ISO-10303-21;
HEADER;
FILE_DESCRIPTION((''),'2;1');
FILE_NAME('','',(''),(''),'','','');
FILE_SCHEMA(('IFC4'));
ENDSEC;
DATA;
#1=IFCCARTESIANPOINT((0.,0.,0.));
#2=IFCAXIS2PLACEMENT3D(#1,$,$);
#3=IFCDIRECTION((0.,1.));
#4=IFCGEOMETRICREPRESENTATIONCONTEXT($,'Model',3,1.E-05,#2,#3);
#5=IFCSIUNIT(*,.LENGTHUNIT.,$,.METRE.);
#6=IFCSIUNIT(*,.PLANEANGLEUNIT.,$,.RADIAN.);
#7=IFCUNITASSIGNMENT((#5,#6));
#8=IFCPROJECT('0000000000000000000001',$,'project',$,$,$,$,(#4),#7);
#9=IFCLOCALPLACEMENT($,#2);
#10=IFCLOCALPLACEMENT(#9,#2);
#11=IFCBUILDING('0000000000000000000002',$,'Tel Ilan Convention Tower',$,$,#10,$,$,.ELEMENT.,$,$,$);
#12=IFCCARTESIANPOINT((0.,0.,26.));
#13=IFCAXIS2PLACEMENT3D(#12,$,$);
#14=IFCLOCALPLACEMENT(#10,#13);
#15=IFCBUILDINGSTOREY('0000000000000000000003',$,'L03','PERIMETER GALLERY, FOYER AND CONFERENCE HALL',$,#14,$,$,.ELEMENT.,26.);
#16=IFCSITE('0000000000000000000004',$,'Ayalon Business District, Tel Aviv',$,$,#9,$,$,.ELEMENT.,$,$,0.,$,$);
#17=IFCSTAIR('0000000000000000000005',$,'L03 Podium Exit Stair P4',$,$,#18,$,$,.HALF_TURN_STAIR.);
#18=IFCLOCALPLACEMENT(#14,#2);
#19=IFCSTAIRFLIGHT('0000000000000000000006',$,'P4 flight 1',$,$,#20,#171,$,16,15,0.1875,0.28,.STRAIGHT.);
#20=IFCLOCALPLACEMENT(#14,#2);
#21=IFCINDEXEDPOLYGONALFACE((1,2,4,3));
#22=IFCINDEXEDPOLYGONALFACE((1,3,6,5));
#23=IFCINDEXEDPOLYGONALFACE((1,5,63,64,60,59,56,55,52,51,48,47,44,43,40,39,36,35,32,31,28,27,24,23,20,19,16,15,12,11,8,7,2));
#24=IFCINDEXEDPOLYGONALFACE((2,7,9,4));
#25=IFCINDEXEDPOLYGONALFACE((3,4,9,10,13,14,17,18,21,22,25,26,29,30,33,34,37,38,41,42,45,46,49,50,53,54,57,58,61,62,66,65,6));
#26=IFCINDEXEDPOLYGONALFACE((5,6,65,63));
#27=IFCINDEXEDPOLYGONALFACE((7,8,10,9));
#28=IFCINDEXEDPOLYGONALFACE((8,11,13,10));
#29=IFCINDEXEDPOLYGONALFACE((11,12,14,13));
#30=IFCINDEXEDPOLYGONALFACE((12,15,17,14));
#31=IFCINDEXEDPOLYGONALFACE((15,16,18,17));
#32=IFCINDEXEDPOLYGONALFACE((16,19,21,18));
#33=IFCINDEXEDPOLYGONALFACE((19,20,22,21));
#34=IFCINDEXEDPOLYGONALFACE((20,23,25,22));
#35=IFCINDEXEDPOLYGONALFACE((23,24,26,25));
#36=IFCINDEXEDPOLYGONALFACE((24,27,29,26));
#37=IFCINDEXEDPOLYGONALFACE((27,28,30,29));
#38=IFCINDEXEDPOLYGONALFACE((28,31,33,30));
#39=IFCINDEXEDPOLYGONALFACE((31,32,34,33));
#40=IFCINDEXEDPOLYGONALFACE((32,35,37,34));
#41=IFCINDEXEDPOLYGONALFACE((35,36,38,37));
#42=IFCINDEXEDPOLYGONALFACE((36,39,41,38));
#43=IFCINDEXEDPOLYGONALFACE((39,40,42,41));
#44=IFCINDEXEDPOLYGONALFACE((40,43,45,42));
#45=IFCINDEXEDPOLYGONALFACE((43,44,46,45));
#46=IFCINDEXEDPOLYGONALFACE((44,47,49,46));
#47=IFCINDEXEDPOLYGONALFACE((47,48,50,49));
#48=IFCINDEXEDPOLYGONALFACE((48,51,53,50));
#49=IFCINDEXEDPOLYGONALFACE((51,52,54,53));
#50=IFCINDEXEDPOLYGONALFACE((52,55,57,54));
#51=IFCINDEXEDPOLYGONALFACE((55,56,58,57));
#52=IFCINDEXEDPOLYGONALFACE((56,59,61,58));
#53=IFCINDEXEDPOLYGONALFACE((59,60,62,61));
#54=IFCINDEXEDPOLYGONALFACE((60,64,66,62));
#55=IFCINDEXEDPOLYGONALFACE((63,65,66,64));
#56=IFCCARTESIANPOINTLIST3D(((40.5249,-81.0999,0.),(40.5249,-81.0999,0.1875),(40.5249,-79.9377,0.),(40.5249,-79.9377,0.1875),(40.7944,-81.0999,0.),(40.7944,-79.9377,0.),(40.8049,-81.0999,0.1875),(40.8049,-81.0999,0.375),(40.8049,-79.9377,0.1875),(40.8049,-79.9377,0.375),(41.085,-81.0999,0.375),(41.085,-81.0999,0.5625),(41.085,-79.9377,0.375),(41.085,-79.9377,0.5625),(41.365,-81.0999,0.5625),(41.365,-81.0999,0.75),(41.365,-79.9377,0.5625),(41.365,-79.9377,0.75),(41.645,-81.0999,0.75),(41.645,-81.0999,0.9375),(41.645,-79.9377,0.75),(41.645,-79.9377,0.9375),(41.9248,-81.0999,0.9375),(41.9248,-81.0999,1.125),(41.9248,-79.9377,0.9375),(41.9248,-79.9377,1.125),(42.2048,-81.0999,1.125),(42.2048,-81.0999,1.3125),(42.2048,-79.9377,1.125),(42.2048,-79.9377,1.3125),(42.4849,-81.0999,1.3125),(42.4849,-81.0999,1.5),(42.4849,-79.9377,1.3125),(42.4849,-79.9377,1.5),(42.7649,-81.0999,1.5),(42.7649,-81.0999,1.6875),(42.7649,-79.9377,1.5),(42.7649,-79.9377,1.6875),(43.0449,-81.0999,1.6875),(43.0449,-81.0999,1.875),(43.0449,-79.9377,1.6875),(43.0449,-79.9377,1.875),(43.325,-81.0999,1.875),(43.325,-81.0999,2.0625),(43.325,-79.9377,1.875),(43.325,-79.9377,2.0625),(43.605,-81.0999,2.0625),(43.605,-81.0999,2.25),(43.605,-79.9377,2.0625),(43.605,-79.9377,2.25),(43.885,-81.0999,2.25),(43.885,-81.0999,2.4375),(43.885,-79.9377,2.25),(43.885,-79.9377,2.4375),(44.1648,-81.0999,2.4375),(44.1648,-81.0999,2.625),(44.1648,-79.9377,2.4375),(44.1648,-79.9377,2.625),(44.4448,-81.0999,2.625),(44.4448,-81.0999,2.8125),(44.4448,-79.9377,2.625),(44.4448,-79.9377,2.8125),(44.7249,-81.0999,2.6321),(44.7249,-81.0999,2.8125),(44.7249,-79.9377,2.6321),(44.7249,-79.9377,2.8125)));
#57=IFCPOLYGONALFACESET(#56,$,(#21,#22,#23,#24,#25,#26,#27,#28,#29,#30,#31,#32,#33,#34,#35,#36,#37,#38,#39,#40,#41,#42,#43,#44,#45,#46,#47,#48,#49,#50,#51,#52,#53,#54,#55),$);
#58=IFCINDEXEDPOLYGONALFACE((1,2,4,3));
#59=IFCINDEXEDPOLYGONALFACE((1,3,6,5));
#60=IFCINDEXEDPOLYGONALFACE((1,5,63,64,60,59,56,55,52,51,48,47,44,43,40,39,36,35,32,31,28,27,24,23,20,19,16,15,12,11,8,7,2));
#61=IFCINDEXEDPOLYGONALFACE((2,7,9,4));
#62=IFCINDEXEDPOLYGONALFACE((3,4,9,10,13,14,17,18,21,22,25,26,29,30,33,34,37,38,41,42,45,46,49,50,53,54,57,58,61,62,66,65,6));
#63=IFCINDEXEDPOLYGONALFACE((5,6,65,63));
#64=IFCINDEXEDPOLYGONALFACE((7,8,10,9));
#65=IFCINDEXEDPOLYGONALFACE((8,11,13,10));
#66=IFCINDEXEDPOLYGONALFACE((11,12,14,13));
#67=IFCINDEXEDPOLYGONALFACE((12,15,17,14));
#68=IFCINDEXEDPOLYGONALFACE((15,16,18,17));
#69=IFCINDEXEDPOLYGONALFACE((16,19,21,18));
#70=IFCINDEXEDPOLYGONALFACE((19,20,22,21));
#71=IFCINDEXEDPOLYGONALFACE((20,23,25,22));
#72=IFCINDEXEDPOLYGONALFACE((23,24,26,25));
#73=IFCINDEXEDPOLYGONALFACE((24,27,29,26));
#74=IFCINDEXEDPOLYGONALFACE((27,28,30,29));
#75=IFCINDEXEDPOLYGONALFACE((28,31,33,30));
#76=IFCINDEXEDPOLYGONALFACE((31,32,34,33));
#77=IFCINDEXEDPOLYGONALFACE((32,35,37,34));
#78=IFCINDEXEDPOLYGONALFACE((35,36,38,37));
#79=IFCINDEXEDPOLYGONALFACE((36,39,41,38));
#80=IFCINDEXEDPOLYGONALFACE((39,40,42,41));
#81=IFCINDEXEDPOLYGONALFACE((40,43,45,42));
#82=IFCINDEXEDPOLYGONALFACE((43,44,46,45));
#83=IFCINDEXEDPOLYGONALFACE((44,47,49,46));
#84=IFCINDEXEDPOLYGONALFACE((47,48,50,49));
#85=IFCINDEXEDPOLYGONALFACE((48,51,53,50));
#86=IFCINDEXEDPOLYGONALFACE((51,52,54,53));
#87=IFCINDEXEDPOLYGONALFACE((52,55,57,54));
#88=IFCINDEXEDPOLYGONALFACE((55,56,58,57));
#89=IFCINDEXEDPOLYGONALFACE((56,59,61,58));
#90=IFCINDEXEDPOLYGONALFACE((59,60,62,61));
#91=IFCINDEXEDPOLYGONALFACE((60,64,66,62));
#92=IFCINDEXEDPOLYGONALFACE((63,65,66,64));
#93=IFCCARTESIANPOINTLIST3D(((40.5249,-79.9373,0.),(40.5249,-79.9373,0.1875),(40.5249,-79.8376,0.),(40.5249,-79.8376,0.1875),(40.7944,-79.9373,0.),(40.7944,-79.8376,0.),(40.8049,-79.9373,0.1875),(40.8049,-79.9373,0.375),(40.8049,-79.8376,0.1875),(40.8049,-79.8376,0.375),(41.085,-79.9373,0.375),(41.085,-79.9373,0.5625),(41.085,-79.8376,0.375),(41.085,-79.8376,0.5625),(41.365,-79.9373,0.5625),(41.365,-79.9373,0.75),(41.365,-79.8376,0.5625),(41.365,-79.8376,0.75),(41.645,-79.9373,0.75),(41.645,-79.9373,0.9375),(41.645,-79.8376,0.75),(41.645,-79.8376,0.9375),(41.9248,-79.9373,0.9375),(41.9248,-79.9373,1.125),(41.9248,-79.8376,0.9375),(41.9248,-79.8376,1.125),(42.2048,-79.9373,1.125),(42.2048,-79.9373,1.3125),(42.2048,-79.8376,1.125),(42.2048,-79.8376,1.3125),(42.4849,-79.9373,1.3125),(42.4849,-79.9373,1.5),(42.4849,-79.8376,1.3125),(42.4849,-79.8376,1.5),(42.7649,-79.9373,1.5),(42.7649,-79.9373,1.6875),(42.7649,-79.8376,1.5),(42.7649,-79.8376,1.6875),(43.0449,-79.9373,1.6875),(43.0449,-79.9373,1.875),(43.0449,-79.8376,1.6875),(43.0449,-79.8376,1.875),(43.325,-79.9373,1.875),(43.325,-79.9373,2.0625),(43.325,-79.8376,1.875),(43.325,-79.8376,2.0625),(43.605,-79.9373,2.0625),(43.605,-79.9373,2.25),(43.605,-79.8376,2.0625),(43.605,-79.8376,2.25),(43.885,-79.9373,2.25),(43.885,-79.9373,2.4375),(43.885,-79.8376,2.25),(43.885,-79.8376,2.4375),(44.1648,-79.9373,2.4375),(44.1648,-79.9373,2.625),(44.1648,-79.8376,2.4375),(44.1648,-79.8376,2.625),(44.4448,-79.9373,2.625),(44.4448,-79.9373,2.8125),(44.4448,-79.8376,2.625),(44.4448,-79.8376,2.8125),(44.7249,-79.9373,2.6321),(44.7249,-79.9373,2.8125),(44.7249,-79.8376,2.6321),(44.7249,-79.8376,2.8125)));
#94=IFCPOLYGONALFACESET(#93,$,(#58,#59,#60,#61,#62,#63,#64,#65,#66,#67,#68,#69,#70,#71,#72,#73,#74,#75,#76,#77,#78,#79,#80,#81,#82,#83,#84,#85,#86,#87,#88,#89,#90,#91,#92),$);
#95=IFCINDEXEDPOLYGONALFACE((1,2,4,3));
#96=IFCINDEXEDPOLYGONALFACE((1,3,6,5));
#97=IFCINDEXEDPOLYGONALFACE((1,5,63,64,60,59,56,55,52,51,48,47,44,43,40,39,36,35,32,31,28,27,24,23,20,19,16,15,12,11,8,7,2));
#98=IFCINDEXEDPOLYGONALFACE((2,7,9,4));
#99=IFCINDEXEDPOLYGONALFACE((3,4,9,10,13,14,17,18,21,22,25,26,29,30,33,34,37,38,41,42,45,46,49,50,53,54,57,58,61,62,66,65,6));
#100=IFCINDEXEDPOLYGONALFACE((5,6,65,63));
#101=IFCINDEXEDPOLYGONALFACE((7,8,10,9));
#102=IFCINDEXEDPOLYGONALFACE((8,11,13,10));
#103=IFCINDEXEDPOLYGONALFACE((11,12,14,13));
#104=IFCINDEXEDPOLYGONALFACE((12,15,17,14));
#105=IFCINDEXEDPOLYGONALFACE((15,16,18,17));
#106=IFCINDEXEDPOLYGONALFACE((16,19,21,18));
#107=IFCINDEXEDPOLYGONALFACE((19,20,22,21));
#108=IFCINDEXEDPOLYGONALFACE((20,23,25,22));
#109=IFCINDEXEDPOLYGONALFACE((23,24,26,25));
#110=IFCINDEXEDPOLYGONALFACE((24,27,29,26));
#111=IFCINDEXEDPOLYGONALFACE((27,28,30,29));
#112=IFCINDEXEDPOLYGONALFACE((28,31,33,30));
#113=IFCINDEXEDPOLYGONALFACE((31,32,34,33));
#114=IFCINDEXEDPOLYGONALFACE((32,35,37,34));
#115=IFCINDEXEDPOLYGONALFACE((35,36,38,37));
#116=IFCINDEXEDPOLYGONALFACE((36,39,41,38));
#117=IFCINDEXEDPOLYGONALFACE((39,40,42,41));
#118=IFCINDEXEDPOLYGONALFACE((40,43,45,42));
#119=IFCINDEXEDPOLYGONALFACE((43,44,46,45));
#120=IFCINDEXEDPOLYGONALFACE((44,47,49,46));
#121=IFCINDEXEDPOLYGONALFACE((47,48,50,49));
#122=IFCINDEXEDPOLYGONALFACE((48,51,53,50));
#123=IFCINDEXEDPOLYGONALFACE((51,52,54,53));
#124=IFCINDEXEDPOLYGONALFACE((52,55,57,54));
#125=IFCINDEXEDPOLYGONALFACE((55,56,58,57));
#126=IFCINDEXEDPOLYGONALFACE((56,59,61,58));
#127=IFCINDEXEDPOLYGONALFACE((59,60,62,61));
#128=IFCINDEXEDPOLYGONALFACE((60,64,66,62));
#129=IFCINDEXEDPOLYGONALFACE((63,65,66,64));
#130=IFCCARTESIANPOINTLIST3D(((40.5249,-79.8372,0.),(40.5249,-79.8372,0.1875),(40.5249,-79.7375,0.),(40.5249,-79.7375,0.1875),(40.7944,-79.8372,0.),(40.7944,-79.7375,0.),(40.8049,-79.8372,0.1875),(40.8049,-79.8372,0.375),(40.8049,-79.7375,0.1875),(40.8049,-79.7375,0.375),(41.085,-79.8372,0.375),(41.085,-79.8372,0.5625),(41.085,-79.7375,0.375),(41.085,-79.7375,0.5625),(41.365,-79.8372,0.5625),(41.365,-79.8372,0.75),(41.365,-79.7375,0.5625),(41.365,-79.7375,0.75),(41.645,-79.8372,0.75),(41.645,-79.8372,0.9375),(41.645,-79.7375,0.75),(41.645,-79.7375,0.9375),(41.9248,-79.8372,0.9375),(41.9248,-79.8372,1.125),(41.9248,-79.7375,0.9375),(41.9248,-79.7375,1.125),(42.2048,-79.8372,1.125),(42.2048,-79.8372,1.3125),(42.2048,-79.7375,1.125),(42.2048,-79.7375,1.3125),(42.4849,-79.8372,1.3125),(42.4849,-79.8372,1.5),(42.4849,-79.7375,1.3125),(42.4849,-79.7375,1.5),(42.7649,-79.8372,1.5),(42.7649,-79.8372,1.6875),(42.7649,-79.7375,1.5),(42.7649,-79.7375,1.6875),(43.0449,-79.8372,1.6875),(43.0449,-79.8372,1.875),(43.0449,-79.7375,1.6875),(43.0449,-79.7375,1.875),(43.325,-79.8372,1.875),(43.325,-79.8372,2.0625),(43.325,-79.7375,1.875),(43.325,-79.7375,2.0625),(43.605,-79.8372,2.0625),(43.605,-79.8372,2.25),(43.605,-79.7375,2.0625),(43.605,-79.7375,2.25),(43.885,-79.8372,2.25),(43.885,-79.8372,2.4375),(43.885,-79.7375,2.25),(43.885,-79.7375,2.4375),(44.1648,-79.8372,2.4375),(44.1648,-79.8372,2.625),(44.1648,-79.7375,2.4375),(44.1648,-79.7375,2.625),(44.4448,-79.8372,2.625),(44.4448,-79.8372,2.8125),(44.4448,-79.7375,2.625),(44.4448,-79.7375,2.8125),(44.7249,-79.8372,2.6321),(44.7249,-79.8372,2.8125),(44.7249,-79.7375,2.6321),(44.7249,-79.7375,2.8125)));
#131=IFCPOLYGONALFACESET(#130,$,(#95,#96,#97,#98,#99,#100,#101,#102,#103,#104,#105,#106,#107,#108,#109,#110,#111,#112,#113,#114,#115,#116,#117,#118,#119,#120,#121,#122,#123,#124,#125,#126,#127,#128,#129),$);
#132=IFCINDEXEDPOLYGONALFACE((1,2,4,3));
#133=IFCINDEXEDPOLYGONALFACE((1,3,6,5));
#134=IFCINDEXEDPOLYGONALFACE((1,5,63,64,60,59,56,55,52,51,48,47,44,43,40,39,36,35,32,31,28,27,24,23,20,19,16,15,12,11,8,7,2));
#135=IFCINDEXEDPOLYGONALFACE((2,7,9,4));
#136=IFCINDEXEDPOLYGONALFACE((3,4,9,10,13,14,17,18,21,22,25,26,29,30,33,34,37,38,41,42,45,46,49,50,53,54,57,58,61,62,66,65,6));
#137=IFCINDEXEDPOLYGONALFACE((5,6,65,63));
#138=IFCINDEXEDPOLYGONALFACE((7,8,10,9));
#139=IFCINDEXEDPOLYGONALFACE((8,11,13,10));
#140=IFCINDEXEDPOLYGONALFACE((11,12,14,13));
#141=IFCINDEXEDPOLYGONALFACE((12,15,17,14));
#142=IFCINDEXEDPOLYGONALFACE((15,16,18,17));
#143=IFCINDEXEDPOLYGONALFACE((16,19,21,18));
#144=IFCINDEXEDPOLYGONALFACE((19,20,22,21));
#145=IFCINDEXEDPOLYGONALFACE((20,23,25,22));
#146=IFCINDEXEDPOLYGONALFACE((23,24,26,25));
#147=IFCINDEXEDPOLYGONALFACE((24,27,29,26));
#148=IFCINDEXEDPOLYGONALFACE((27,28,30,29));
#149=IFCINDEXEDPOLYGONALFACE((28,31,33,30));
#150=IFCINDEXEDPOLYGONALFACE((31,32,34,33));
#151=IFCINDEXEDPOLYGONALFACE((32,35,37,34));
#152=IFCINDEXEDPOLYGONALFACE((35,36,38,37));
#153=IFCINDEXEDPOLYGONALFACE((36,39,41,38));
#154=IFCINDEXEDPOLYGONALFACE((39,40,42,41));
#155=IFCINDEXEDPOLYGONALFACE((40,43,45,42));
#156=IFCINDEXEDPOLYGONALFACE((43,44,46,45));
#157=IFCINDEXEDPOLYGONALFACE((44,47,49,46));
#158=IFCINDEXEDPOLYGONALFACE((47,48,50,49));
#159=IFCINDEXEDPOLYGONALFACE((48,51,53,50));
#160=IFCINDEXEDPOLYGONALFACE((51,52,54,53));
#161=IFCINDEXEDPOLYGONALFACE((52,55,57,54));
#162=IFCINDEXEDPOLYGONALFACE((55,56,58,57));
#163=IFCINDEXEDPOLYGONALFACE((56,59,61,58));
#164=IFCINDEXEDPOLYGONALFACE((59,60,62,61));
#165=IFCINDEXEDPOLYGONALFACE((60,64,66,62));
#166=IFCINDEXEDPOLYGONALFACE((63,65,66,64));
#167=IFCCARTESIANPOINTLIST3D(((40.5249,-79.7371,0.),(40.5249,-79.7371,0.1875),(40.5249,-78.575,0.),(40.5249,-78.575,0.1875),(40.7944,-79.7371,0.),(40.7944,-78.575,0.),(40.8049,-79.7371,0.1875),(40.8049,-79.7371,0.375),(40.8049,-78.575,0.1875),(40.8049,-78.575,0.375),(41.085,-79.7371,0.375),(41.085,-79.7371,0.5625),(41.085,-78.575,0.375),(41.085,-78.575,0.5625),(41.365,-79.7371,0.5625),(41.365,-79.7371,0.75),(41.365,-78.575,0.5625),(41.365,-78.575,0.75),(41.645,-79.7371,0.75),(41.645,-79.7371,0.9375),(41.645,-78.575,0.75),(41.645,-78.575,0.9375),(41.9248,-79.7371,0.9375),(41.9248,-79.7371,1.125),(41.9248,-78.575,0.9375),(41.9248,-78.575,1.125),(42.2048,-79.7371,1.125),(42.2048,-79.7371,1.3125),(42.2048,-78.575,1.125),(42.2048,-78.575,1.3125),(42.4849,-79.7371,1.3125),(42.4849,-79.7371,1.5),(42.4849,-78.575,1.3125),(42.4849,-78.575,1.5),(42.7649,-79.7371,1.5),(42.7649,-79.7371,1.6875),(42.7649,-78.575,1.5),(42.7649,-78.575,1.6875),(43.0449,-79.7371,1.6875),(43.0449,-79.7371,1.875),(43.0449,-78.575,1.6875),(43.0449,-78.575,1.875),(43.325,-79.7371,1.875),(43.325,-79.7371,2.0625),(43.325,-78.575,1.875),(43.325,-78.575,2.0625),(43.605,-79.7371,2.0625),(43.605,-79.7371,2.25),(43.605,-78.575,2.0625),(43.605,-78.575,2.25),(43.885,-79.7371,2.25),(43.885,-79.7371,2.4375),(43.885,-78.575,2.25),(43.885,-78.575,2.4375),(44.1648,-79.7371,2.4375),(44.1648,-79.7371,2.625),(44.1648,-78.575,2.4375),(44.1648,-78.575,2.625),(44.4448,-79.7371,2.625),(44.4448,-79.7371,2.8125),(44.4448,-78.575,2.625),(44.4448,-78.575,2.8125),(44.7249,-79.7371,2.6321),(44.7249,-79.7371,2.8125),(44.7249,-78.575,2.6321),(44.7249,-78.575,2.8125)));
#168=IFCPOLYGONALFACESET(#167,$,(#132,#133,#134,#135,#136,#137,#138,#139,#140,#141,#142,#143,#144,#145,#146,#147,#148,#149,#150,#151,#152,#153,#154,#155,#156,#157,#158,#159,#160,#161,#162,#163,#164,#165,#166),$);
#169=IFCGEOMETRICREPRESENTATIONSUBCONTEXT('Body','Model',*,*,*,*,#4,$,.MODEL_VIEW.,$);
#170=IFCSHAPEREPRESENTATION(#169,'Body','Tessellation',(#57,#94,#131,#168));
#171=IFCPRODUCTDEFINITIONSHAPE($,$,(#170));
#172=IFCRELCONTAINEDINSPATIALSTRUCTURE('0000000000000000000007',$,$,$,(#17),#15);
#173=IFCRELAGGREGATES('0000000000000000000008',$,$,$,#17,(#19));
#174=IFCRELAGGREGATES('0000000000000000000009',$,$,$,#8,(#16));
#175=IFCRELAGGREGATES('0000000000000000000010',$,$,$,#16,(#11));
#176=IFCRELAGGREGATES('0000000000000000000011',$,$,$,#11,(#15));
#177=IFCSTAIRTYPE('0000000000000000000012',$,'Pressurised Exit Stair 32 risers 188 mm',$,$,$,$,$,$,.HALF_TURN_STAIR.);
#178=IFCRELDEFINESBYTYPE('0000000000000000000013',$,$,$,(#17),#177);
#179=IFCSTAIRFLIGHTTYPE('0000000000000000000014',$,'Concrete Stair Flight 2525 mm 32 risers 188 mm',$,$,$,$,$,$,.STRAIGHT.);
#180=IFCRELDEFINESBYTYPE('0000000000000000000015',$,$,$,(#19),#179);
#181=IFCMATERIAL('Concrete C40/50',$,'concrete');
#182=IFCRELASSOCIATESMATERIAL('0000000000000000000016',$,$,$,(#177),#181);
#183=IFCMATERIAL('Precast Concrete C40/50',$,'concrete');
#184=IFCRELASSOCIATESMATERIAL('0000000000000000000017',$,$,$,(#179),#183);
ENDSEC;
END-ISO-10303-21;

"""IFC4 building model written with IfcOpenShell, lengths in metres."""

from ifc_helpers import new_model, si_unit, direction, frame, origin, place, context, subcontext, project, spatial, polyline, outline, extrude, material, type_object, element, aggregate, save


model = new_model("IFC4")

# Units and contexts
model_context = context("Model", 3, precision=1e-05, world=origin(), true_north=direction((0.0, 1.0)))
body_context = subcontext(model_context, "Body", "Model", "MODEL_VIEW")
ifc_project = project(units=[si_unit("LENGTHUNIT", "METRE"), si_unit("PLANEANGLEUNIT", "RADIAN")], contexts=[model_context])

# Site, building, storey
site_placement = place(None, origin())
site = spatial("IfcSite", under=ifc_project, at=site_placement, Name="Ayalon Business District, Tel Aviv", CompositionType="ELEMENT", RefElevation=0.0)
building_placement = place(site_placement, origin())
building = spatial("IfcBuilding", under=site, at=building_placement, Name="Tel Ilan Convention Tower", CompositionType="ELEMENT")
storey_placement = place(building_placement, frame((0.0, 0.0, 26.0)))
storey = spatial("IfcBuildingStorey", under=building, at=storey_placement, Name="L03", Description="PERIMETER GALLERY, FOYER AND CONFERENCE HALL", CompositionType="ELEMENT", Elevation=26.0)

# Stair, stair flight
ifc_material_1 = material(Name="Concrete C40/50", Category="concrete")
stair_type = type_object("IfcStairType", Name="Pressurised Exit Stair 32 risers 188 mm", PredefinedType="HALF_TURN_STAIR", material=ifc_material_1)
stair_placement = place(storey_placement, origin())
stair = element("IfcStair", 1, at=stair_placement, inside=storey, type_object=stair_type, Name="L03 Podium Exit Stair P4", PredefinedType="HALF_TURN_STAIR")
ifc_material_2 = material(Name="Precast Concrete C40/50", Category="concrete")
stair_flight_type = type_object("IfcStairFlightType", Name="Concrete Stair Flight 2525 mm 32 risers 188 mm", PredefinedType="STRAIGHT", material=ifc_material_2)
stair_flight_1_placement = place(storey_placement, frame((40.5249, -79.8374, 0.0), z_axis=(0.0, 0.0, 1.0), x_axis=(1.0, 0.0, 0.0)))
stair_flight_1 = element("IfcStairFlight", 2, at=stair_flight_1_placement, type_object=stair_flight_type, Name="P4 flight 1", NumberOfRisers=16, NumberOfTreads=15, PredefinedType="STRAIGHT", RiserHeight=0.1875, TreadLength=0.28, context=body_context, shape_type="SweptSolid", body=[
    extrude(outline(polyline([(0.0, 0.0), (0.0, 0.1875), (0.28, 0.1875), (0.28, 0.375), (0.5601, 0.375), (0.5601, 0.5625), (0.8401, 0.5625), (0.8401, 0.75), (1.1201, 0.75), (1.1201, 0.9375), (1.3999, 0.9375), (1.3999, 1.125), (1.6799, 1.125), (1.6799, 1.3125), (1.96, 1.3125), (1.96, 1.5), (2.24, 1.5), (2.24, 1.6875), (2.52, 1.6875), (2.52, 1.875), (2.8, 1.875), (2.8, 2.0625), (3.0801, 2.0625), (3.0801, 2.25), (3.3601, 2.25), (3.3601, 2.4375), (3.6399, 2.4375), (3.6399, 2.625), (3.9199, 2.625), (3.9199, 2.8125), (4.2, 2.8125), (4.2, 3.0), (4.2, 2.6321), (0.2695, 0.0), (0.0, 0.0)])), frame((0.0, -0.1003, 0.0), z_axis=(0.0, -1.0, 0.0), x_axis=(1.0, 0.0, 0.0)), (0.0, 0.0, 1.0), 1.1621),
    extrude(outline(polyline([(0.0, 0.0), (0.0, 0.1875), (0.28, 0.1875), (0.28, 0.375), (0.5601, 0.375), (0.5601, 0.5625), (0.8401, 0.5625), (0.8401, 0.75), (1.1201, 0.75), (1.1201, 0.9375), (1.3999, 0.9375), (1.3999, 1.125), (1.6799, 1.125), (1.6799, 1.3125), (1.96, 1.3125), (1.96, 1.5), (2.24, 1.5), (2.24, 1.6875), (2.52, 1.6875), (2.52, 1.875), (2.8, 1.875), (2.8, 2.0625), (3.0801, 2.0625), (3.0801, 2.25), (3.3601, 2.25), (3.3601, 2.4375), (3.6399, 2.4375), (3.6399, 2.625), (3.9199, 2.625), (3.9199, 2.8125), (4.2, 2.8125), (4.2, 3.0), (4.2, 2.6321), (0.2695, 0.0), (0.0, 0.0)])), frame((0.0, -0.0002, 0.0), z_axis=(0.0, -1.0, 0.0), x_axis=(1.0, 0.0, 0.0)), (0.0, 0.0, 1.0), 0.0996),
    extrude(outline(polyline([(0.0, 0.0), (0.0, 0.1875), (0.28, 0.1875), (0.28, 0.375), (0.5601, 0.375), (0.5601, 0.5625), (0.8401, 0.5625), (0.8401, 0.75), (1.1201, 0.75), (1.1201, 0.9375), (1.3999, 0.9375), (1.3999, 1.125), (1.6799, 1.125), (1.6799, 1.3125), (1.96, 1.3125), (1.96, 1.5), (2.24, 1.5), (2.24, 1.6875), (2.52, 1.6875), (2.52, 1.875), (2.8, 1.875), (2.8, 2.0625), (3.0801, 2.0625), (3.0801, 2.25), (3.3601, 2.25), (3.3601, 2.4375), (3.6399, 2.4375), (3.6399, 2.625), (3.9199, 2.625), (3.9199, 2.8125), (4.2, 2.8125), (4.2, 3.0), (4.2, 2.6321), (0.2695, 0.0), (0.0, 0.0)])), frame((0.0, 0.0999, 0.0), z_axis=(0.0, -1.0, 0.0), x_axis=(1.0, 0.0, 0.0)), (0.0, 0.0, 1.0), 0.0996),
    extrude(outline(polyline([(0.0, 0.0), (0.0, 0.1875), (0.28, 0.1875), (0.28, 0.375), (0.5601, 0.375), (0.5601, 0.5625), (0.8401, 0.5625), (0.8401, 0.75), (1.1201, 0.75), (1.1201, 0.9375), (1.3999, 0.9375), (1.3999, 1.125), (1.6799, 1.125), (1.6799, 1.3125), (1.96, 1.3125), (1.96, 1.5), (2.24, 1.5), (2.24, 1.6875), (2.52, 1.6875), (2.52, 1.875), (2.8, 1.875), (2.8, 2.0625), (3.0801, 2.0625), (3.0801, 2.25), (3.3601, 2.25), (3.3601, 2.4375), (3.6399, 2.4375), (3.6399, 2.625), (3.9199, 2.625), (3.9199, 2.8125), (4.2, 2.8125), (4.2, 3.0), (4.2, 2.6321), (0.2695, 0.0), (0.0, 0.0)])), frame((0.0, 1.2625, 0.0), z_axis=(0.0, -1.0, 0.0), x_axis=(1.0, 0.0, 0.0)), (0.0, 0.0, 1.0), 1.1621),
])
aggregate(stair, [stair_flight_1])

save(model, "model.ifc")
